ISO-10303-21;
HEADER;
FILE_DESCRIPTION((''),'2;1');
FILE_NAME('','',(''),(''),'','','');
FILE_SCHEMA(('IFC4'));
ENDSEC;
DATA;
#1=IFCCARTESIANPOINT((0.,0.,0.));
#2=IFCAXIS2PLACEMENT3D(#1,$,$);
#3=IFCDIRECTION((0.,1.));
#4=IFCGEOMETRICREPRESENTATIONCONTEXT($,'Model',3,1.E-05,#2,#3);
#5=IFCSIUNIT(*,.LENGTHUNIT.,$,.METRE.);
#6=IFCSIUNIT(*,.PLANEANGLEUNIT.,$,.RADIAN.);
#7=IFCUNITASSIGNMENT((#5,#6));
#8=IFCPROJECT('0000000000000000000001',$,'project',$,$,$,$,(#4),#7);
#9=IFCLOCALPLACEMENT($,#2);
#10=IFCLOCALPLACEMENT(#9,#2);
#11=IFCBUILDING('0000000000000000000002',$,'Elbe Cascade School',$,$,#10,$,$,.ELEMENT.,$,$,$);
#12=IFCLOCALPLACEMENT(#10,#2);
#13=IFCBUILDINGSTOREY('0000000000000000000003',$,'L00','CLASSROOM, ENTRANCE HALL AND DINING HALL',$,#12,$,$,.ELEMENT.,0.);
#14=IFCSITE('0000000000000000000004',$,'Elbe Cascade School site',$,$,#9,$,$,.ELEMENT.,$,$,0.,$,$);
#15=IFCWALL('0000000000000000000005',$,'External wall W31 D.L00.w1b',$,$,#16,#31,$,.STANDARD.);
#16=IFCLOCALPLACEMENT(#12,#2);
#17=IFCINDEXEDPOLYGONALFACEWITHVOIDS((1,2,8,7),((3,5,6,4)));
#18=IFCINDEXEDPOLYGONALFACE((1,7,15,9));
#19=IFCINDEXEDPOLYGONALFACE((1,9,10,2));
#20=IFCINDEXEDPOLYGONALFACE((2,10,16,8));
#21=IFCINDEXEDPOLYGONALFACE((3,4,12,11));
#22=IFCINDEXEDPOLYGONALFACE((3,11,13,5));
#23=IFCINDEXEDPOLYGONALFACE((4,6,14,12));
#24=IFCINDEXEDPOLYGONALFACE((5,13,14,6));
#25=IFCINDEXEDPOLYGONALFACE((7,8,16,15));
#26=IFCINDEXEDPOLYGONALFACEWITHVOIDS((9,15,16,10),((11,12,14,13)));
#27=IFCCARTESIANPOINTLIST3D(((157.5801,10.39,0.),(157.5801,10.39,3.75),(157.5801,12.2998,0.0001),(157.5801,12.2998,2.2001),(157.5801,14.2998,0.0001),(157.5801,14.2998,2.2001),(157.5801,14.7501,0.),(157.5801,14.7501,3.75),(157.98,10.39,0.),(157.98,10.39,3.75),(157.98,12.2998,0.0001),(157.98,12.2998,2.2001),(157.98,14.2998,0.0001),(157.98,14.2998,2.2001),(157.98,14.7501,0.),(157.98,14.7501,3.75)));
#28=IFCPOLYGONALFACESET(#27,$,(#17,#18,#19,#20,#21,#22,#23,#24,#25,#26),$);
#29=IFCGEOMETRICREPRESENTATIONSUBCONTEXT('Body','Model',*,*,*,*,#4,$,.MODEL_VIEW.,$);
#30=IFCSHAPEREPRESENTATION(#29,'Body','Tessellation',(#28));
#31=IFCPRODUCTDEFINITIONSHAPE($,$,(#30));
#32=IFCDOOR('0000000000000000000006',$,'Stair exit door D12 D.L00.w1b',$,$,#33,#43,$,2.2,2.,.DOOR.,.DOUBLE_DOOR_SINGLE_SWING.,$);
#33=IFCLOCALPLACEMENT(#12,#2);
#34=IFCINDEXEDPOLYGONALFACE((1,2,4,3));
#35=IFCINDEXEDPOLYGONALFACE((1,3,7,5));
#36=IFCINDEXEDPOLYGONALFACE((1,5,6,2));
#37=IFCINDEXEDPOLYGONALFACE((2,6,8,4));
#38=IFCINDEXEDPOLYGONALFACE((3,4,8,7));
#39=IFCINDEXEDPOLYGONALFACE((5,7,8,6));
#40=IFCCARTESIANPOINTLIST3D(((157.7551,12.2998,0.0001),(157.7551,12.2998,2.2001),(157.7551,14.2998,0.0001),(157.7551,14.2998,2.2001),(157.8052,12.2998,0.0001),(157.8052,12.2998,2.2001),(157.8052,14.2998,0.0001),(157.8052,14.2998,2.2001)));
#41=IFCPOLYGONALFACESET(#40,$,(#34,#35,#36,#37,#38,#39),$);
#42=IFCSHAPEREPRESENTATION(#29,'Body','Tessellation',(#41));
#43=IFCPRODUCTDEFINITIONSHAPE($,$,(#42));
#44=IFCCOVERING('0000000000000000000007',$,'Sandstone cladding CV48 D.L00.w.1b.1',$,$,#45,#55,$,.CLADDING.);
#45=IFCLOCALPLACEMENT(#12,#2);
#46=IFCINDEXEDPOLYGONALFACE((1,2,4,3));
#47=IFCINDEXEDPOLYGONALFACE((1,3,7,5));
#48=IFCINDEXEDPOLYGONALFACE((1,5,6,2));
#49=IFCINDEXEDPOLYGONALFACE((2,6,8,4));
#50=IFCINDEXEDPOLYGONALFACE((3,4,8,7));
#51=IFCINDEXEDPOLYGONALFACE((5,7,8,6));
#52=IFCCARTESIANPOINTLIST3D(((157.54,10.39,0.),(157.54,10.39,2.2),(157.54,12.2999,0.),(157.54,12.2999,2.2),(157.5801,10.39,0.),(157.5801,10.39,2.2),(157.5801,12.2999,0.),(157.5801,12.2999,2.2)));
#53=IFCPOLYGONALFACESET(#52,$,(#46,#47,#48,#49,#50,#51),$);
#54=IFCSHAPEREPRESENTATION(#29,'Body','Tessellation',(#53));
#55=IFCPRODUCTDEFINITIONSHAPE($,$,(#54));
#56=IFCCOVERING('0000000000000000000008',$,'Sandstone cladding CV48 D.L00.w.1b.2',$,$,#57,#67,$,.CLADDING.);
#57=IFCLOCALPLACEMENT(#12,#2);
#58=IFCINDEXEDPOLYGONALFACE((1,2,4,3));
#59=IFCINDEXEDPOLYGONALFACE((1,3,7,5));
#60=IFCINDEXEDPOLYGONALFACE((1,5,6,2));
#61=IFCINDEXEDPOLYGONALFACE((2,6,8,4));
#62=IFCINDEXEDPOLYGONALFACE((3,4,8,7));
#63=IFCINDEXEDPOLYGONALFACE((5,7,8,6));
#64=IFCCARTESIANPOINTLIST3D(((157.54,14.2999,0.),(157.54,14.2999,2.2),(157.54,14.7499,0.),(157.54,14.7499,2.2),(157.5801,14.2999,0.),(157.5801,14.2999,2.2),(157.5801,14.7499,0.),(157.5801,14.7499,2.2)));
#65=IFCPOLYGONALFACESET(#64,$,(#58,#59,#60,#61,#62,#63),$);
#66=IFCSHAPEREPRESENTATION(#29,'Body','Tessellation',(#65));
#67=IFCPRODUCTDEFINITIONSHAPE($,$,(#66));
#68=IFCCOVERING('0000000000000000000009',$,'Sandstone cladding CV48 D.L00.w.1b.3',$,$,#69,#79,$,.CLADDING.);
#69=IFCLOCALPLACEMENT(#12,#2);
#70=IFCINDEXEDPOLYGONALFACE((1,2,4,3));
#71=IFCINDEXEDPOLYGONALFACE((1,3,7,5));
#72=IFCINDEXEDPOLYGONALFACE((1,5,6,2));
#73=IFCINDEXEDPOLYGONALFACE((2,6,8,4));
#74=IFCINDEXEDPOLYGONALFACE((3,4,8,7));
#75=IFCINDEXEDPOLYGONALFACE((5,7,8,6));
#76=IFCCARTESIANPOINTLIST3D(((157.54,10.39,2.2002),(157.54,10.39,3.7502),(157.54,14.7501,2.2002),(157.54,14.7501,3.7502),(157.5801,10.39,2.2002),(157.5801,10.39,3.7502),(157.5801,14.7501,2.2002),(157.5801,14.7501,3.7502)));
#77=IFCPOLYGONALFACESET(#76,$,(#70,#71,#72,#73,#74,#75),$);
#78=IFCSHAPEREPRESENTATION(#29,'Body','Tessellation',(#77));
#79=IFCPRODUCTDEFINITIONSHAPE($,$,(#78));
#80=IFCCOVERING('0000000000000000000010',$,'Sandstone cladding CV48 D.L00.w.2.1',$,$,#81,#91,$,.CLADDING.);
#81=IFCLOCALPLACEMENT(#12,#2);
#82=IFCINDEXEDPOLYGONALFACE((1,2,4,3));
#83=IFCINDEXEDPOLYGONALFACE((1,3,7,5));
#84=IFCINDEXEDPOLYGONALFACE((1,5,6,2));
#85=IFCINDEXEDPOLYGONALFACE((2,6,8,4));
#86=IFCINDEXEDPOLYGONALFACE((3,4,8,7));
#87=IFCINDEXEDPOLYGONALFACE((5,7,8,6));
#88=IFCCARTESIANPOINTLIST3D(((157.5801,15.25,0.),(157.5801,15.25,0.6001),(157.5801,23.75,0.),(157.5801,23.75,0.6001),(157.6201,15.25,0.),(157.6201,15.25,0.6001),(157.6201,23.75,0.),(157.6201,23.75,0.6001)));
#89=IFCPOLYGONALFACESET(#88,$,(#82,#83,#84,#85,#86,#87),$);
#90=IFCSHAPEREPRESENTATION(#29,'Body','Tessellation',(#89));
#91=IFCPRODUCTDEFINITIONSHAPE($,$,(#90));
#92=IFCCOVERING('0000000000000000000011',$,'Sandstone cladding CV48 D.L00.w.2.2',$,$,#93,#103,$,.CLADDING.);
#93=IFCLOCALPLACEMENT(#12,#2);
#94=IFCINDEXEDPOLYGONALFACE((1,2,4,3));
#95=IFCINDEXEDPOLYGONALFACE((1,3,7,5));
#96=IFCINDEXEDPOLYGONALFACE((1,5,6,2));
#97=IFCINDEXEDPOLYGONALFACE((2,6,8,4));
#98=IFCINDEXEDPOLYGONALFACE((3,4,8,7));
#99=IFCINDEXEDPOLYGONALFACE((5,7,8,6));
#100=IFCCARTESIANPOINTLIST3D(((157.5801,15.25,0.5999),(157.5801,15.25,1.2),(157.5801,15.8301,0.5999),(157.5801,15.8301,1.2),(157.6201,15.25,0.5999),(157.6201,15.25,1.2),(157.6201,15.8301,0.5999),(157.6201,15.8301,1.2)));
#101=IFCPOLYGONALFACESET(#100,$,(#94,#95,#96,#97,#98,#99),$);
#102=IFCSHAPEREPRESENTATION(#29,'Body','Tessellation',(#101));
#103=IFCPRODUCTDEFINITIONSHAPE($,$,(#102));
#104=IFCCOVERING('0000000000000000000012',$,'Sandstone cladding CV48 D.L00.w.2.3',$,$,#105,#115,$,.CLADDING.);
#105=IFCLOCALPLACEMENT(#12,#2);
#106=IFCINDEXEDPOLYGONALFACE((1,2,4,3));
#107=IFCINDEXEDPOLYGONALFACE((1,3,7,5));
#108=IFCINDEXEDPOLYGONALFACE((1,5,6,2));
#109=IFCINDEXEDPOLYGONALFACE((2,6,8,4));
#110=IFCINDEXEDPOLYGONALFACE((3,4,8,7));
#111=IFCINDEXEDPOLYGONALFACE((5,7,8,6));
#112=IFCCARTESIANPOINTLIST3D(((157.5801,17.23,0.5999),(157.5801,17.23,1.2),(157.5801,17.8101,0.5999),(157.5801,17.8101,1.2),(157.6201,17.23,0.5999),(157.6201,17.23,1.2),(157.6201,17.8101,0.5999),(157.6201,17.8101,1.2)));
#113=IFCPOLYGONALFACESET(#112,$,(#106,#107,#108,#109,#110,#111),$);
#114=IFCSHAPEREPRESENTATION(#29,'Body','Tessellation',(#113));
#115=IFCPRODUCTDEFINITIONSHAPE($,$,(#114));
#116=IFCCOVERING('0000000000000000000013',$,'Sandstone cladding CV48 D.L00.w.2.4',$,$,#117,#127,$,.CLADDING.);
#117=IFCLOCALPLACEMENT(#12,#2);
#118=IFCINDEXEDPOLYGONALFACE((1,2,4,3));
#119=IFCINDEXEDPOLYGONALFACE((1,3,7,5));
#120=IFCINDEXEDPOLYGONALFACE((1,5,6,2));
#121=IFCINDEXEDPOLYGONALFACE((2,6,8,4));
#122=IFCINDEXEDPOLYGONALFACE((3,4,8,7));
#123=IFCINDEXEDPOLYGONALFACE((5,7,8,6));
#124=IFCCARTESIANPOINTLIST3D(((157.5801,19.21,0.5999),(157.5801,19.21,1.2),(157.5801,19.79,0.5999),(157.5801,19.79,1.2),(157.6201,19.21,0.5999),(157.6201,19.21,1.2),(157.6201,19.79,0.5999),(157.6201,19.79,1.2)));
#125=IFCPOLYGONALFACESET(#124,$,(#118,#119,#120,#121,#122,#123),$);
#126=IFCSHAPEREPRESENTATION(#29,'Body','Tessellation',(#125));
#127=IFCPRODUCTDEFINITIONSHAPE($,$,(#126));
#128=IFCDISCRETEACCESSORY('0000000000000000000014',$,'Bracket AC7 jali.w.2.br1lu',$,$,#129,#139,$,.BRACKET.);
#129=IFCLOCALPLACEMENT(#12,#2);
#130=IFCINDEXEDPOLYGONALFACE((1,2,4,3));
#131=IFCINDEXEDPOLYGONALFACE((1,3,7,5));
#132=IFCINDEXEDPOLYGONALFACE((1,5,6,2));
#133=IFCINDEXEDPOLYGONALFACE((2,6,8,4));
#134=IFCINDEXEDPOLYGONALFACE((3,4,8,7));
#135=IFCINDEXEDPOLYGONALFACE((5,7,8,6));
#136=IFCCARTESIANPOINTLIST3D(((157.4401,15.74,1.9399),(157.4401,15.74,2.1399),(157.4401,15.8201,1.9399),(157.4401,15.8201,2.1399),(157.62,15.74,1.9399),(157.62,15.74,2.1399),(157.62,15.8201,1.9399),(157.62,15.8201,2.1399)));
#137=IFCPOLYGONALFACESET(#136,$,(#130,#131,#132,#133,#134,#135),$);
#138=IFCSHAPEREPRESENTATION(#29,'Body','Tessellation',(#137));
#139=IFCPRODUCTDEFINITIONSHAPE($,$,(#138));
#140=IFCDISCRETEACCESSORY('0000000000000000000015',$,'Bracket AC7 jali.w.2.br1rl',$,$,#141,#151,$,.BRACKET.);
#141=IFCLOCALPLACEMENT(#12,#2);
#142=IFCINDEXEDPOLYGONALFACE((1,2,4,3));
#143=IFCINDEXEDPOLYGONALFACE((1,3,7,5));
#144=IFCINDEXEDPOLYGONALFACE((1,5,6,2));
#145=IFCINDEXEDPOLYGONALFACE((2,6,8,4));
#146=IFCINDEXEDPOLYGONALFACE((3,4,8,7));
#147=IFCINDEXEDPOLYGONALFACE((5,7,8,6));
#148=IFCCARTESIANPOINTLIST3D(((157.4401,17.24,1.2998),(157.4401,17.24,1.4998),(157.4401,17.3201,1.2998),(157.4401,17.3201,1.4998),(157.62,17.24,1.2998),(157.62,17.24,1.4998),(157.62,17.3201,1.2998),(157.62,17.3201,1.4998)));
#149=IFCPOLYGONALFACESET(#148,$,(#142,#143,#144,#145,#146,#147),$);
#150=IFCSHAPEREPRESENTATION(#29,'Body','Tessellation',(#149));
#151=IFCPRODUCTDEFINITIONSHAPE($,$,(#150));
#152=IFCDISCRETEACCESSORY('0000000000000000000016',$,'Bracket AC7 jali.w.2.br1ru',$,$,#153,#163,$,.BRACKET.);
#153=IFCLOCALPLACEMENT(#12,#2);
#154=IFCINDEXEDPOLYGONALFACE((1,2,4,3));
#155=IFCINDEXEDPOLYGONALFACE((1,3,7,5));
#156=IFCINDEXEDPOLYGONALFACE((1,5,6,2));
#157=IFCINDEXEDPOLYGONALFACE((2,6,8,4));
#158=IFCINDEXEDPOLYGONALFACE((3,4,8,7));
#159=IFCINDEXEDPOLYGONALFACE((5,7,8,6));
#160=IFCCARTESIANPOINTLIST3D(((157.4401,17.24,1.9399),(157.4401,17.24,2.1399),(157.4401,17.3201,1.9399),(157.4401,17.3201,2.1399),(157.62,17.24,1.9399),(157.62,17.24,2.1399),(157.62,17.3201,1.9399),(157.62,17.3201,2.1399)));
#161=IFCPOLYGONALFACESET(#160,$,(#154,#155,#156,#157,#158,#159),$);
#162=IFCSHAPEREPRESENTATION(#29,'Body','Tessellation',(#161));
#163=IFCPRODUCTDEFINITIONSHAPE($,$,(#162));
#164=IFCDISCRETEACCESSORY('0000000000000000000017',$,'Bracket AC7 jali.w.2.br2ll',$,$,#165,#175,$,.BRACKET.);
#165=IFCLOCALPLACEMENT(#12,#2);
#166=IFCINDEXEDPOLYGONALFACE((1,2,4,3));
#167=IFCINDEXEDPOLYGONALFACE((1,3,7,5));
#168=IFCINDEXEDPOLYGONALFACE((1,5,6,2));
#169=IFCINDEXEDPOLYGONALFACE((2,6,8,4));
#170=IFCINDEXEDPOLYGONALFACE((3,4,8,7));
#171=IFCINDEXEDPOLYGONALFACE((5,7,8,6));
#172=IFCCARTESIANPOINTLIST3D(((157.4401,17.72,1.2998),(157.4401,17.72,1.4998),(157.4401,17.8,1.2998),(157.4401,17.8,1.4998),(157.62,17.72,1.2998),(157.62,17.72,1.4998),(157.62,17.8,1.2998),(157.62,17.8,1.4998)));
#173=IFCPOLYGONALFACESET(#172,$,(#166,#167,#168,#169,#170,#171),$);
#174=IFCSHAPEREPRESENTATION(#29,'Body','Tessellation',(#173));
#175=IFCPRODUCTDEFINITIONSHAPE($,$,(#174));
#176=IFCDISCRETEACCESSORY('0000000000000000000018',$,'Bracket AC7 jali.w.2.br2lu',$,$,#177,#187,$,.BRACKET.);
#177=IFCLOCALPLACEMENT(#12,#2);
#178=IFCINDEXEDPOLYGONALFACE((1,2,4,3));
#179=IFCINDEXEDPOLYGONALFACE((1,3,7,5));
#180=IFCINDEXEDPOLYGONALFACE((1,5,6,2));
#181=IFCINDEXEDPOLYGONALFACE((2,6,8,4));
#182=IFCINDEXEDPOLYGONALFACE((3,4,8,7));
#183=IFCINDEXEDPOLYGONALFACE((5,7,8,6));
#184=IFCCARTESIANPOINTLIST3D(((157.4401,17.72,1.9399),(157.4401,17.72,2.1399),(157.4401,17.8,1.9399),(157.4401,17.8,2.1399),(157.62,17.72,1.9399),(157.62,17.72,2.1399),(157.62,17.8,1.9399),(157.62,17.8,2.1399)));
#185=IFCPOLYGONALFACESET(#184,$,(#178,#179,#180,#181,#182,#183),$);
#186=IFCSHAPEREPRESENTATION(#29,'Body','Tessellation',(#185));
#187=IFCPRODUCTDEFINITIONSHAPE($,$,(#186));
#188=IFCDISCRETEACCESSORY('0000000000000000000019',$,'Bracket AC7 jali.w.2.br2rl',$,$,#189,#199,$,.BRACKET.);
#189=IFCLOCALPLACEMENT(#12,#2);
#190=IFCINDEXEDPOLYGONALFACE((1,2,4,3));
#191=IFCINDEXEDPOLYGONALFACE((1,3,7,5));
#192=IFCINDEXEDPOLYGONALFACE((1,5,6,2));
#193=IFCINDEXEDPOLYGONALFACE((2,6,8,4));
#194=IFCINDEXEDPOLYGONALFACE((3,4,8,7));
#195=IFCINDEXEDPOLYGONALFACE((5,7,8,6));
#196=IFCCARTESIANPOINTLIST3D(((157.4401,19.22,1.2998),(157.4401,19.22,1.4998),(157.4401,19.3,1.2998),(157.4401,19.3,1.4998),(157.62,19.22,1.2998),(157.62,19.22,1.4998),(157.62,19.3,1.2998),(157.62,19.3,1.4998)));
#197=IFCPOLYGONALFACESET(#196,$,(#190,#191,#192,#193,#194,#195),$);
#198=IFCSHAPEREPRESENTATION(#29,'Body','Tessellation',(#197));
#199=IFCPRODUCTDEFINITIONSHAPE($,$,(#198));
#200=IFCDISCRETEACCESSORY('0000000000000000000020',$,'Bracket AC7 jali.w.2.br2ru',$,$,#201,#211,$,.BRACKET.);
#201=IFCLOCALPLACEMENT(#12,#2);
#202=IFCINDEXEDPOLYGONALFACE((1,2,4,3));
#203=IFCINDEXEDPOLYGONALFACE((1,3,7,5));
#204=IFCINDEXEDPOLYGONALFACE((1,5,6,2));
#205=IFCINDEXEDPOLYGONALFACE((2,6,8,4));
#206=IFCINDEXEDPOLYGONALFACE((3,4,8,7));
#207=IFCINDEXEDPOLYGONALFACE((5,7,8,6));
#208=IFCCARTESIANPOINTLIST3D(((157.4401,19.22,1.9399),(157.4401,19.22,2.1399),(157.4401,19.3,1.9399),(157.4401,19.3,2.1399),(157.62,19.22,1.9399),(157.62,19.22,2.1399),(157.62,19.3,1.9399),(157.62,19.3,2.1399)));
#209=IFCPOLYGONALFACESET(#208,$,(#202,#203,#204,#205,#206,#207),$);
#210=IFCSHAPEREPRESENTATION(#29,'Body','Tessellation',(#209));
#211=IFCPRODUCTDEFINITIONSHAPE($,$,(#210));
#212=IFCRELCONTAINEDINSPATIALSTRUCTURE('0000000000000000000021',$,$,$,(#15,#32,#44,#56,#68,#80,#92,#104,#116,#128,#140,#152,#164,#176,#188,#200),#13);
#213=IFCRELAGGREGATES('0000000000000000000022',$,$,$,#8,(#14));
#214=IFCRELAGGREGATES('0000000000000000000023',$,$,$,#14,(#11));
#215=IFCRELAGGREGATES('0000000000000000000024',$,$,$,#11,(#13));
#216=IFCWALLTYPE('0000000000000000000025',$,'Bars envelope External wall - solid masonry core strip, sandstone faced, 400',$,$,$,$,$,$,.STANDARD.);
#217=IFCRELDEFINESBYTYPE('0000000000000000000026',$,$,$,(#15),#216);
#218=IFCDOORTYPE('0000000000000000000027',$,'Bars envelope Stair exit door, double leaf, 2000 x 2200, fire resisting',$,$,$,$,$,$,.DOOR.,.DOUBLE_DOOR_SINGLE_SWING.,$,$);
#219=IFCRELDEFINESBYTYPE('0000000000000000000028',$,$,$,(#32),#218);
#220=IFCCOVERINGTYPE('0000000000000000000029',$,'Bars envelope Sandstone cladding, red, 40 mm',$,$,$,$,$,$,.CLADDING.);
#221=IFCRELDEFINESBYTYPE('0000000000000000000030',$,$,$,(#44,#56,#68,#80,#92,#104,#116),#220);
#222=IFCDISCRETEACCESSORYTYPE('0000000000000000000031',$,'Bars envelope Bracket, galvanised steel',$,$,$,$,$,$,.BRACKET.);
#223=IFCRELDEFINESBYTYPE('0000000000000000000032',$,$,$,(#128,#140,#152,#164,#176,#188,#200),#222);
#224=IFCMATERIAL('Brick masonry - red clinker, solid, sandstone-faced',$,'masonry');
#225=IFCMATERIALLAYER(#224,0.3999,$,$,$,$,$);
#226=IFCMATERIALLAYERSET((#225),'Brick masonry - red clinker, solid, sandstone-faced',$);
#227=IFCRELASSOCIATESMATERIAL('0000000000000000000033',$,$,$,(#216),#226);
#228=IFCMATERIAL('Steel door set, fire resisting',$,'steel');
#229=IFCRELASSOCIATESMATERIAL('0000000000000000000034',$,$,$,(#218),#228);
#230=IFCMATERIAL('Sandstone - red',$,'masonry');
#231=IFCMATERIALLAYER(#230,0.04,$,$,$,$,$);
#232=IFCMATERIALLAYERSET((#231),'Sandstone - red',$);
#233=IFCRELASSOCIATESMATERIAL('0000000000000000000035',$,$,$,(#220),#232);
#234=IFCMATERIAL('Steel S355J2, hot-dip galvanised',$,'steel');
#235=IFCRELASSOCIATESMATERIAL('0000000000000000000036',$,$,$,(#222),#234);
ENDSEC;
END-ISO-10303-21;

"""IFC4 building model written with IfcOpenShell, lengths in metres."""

from ifc_helpers import new_model, si_unit, direction, frame, frame_2d, origin, origin_2d, place, context, subcontext, project, spatial, rectangle, extrude, material, layer, layer_set, type_object, element, fill, save


model = new_model("IFC4")

# Units and contexts
model_context = context("Model", 3, precision=1e-05, world=origin(), true_north=direction((0.0, 1.0)))
body_context = subcontext(model_context, "Body", "Model", "MODEL_VIEW")
ifc_project = project(units=[si_unit("LENGTHUNIT", "METRE"), si_unit("PLANEANGLEUNIT", "RADIAN")], contexts=[model_context])

# Site, building, storey
site_placement = place(None, origin())
site = spatial("IfcSite", under=ifc_project, at=site_placement, Name="Elbe Cascade School site", CompositionType="ELEMENT", RefElevation=0.0)
building_placement = place(site_placement, origin())
building = spatial("IfcBuilding", under=site, at=building_placement, Name="Elbe Cascade School", CompositionType="ELEMENT")
storey_placement = place(building_placement, origin())
storey = spatial("IfcBuildingStorey", under=building, at=storey_placement, Name="L00", Description="CLASSROOM, ENTRANCE HALL AND DINING HALL", CompositionType="ELEMENT", Elevation=0.0)

# Wall, opening, door
ifc_material_1 = material(Name="Brick masonry - red clinker, solid, sandstone-faced", Category="masonry")
ifc_layer_1 = layer(ifc_material_1, 0.3999)
ifc_layer_set_1 = layer_set([ifc_layer_1], Name="Brick masonry - red clinker, solid, sandstone-faced")
wall_type = type_object("IfcWallType", Name="Bars envelope External wall - solid masonry core strip, sandstone faced, 400", PredefinedType="STANDARD", material=ifc_layer_set_1)
wall_placement = place(storey_placement, frame((157.78, 10.3899, 0.0), z_axis=(0.0, 0.0, 1.0), x_axis=(0.0, 1.0, 0.0)))
wall = element("IfcWall", 1, at=wall_placement, inside=storey, type_object=wall_type, Name="External wall W31 D.L00.w1b", PredefinedType="STANDARD", context=body_context, shape_type="SweptSolid", body=[
    extrude(rectangle(XDim=4.3601, YDim=0.3999, at=frame_2d((2.1802, 0.0))), origin(), (0.0, 0.0, 1.0), 3.75),
])
opening_placement = place(wall_placement, frame((1.9099, 0.0, 0.0)))
opening = element("IfcOpeningElement", 2, at=opening_placement, cuts=wall, PredefinedType="OPENING", context=body_context, shape_type="SweptSolid", body=[
    extrude(rectangle(XDim=2.0, YDim=2.2, at=frame_2d((1.0, 1.1001))), frame((0.0, 0.21, 0.0), z_axis=(0.0, -1.0, 0.0), x_axis=(1.0, 0.0, 0.0)), (0.0, 0.0, 1.0), 0.4199),
])
ifc_material_2 = material(Name="Steel door set, fire resisting", Category="steel")
door_type = type_object("IfcDoorType", Name="Bars envelope Stair exit door, double leaf, 2000 x 2200, fire resisting", OperationType="DOUBLE_DOOR_SINGLE_SWING", PredefinedType="DOOR", material=ifc_material_2)
door_placement = place(opening_placement, origin())
door = element("IfcDoor", 3, at=door_placement, inside=storey, type_object=door_type, Name="Stair exit door D12 D.L00.w1b", OperationType="DOUBLE_DOOR_SINGLE_SWING", OverallHeight=2.2, OverallWidth=2.0, PredefinedType="DOOR", context=body_context, shape_type="SweptSolid", body=[
    extrude(rectangle(XDim=2.0, YDim=2.2, at=frame_2d((1.0, 1.1001))), frame((0.0, 0.0249, 0.0), z_axis=(0.0, -1.0, 0.0), x_axis=(1.0, 0.0, 0.0)), (0.0, 0.0, 1.0), 0.05),
])
fill(opening, door)

# Coverings
ifc_material_3 = material(Name="Sandstone - red", Category="masonry")
ifc_layer_2 = layer(ifc_material_3, 0.04)
ifc_layer_set_2 = layer_set([ifc_layer_2], Name="Sandstone - red")
covering_type = type_object("IfcCoveringType", Name="Bars envelope Sandstone cladding, red, 40 mm", PredefinedType="CLADDING", material=ifc_layer_set_2)
covering_1_placement = place(storey_placement, frame((157.5601, 11.345, 0.0), z_axis=(0.0, 0.0, 1.0), x_axis=(0.0, 1.0, 0.0)))
element("IfcCovering", 4, at=covering_1_placement, inside=storey, type_object=covering_type, Name="Sandstone cladding CV48 D.L00.w.1b.1", PredefinedType="CLADDING", context=body_context, shape_type="SweptSolid", body=[
    extrude(rectangle(XDim=1.9099, YDim=0.04, at=origin_2d()), origin(), (0.0, 0.0, 1.0), 2.2),
])
covering_2_placement = place(storey_placement, frame((157.5601, 14.5249, 0.0), z_axis=(0.0, 0.0, 1.0), x_axis=(0.0, 1.0, 0.0)))
element("IfcCovering", 5, at=covering_2_placement, inside=storey, type_object=covering_type, Name="Sandstone cladding CV48 D.L00.w.1b.2", PredefinedType="CLADDING", context=body_context, shape_type="SweptSolid", body=[
    extrude(rectangle(XDim=0.45, YDim=0.04, at=origin_2d()), origin(), (0.0, 0.0, 1.0), 2.2),
])
covering_3_placement = place(storey_placement, frame((157.5601, 12.5701, 2.2002), z_axis=(0.0, 0.0, 1.0), x_axis=(0.0, 1.0, 0.0)))
element("IfcCovering", 6, at=covering_3_placement, inside=storey, type_object=covering_type, Name="Sandstone cladding CV48 D.L00.w.1b.3", PredefinedType="CLADDING", context=body_context, shape_type="SweptSolid", body=[
    extrude(rectangle(XDim=4.3601, YDim=0.04, at=origin_2d()), origin(), (0.0, 0.0, 1.0), 1.55),
])
covering_4_placement = place(storey_placement, frame((157.6001, 19.5, 0.0), z_axis=(0.0, 0.0, 1.0), x_axis=(0.0, 1.0, 0.0)))
element("IfcCovering", 7, at=covering_4_placement, inside=storey, type_object=covering_type, Name="Sandstone cladding CV48 D.L00.w.2.1", PredefinedType="CLADDING", context=body_context, shape_type="SweptSolid", body=[
    extrude(rectangle(XDim=8.5, YDim=0.04, at=origin_2d()), origin(), (0.0, 0.0, 1.0), 0.6001),
])
for number, where, z_axis, x_axis, name in (
    (8, (157.6001, 15.54, 0.5999), (0.0, 0.0, 1.0), (0.0, 1.0, 0.0), "Sandstone cladding CV48 D.L00.w.2.2"),
    (9, (157.6001, 17.52, 0.5999), (0.0, 0.0, 1.0), (0.0, 1.0, 0.0), "Sandstone cladding CV48 D.L00.w.2.3"),
    (10, (157.6001, 19.5, 0.5999), (0.0, 0.0, 1.0), (0.0, 1.0, 0.0), "Sandstone cladding CV48 D.L00.w.2.4"),
):
    element("IfcCovering", number, at=place(storey_placement, frame(where, z_axis=z_axis, x_axis=x_axis)), inside=storey, type_object=covering_type, Name=name, PredefinedType="CLADDING", context=body_context, shape_type="SweptSolid", body=[
        extrude(rectangle(XDim=0.5801, YDim=0.04, at=origin_2d()), origin(), (0.0, 0.0, 1.0), 0.6001),
    ])

# Discrete accessories
ifc_material_4 = material(Name="Steel S355J2, hot-dip galvanised", Category="steel")
discrete_accessory_type = type_object("IfcDiscreteAccessoryType", Name="Bars envelope Bracket, galvanised steel", PredefinedType="BRACKET", material=ifc_material_4)
for number, where, z_axis, x_axis, name in (
    (11, (157.53, 15.78, 1.9399), (0.0, 0.0, 1.0), (0.0, 1.0, 0.0), "Bracket AC7 jali.w.2.br1lu"),
    (12, (157.53, 17.28, 1.2998), (0.0, 0.0, 1.0), (0.0, 1.0, 0.0), "Bracket AC7 jali.w.2.br1rl"),
    (13, (157.53, 17.28, 1.9399), (0.0, 0.0, 1.0), (0.0, 1.0, 0.0), "Bracket AC7 jali.w.2.br1ru"),
    (14, (157.53, 17.76, 1.2998), (0.0, 0.0, 1.0), (0.0, 1.0, 0.0), "Bracket AC7 jali.w.2.br2ll"),
    (15, (157.53, 17.76, 1.9399), (0.0, 0.0, 1.0), (0.0, 1.0, 0.0), "Bracket AC7 jali.w.2.br2lu"),
    (16, (157.53, 19.26, 1.2998), (0.0, 0.0, 1.0), (0.0, 1.0, 0.0), "Bracket AC7 jali.w.2.br2rl"),
    (17, (157.53, 19.26, 1.9399), (0.0, 0.0, 1.0), (0.0, 1.0, 0.0), "Bracket AC7 jali.w.2.br2ru"),
):
    element("IfcDiscreteAccessory", number, at=place(storey_placement, frame(where, z_axis=z_axis, x_axis=x_axis)), inside=storey, type_object=discrete_accessory_type, Name=name, PredefinedType="BRACKET", context=body_context, shape_type="SweptSolid", body=[
        extrude(rectangle(XDim=0.0801, YDim=0.1799, at=origin_2d()), origin(), (0.0, 0.0, 1.0), 0.2),
    ])

save(model, "model.ifc")
